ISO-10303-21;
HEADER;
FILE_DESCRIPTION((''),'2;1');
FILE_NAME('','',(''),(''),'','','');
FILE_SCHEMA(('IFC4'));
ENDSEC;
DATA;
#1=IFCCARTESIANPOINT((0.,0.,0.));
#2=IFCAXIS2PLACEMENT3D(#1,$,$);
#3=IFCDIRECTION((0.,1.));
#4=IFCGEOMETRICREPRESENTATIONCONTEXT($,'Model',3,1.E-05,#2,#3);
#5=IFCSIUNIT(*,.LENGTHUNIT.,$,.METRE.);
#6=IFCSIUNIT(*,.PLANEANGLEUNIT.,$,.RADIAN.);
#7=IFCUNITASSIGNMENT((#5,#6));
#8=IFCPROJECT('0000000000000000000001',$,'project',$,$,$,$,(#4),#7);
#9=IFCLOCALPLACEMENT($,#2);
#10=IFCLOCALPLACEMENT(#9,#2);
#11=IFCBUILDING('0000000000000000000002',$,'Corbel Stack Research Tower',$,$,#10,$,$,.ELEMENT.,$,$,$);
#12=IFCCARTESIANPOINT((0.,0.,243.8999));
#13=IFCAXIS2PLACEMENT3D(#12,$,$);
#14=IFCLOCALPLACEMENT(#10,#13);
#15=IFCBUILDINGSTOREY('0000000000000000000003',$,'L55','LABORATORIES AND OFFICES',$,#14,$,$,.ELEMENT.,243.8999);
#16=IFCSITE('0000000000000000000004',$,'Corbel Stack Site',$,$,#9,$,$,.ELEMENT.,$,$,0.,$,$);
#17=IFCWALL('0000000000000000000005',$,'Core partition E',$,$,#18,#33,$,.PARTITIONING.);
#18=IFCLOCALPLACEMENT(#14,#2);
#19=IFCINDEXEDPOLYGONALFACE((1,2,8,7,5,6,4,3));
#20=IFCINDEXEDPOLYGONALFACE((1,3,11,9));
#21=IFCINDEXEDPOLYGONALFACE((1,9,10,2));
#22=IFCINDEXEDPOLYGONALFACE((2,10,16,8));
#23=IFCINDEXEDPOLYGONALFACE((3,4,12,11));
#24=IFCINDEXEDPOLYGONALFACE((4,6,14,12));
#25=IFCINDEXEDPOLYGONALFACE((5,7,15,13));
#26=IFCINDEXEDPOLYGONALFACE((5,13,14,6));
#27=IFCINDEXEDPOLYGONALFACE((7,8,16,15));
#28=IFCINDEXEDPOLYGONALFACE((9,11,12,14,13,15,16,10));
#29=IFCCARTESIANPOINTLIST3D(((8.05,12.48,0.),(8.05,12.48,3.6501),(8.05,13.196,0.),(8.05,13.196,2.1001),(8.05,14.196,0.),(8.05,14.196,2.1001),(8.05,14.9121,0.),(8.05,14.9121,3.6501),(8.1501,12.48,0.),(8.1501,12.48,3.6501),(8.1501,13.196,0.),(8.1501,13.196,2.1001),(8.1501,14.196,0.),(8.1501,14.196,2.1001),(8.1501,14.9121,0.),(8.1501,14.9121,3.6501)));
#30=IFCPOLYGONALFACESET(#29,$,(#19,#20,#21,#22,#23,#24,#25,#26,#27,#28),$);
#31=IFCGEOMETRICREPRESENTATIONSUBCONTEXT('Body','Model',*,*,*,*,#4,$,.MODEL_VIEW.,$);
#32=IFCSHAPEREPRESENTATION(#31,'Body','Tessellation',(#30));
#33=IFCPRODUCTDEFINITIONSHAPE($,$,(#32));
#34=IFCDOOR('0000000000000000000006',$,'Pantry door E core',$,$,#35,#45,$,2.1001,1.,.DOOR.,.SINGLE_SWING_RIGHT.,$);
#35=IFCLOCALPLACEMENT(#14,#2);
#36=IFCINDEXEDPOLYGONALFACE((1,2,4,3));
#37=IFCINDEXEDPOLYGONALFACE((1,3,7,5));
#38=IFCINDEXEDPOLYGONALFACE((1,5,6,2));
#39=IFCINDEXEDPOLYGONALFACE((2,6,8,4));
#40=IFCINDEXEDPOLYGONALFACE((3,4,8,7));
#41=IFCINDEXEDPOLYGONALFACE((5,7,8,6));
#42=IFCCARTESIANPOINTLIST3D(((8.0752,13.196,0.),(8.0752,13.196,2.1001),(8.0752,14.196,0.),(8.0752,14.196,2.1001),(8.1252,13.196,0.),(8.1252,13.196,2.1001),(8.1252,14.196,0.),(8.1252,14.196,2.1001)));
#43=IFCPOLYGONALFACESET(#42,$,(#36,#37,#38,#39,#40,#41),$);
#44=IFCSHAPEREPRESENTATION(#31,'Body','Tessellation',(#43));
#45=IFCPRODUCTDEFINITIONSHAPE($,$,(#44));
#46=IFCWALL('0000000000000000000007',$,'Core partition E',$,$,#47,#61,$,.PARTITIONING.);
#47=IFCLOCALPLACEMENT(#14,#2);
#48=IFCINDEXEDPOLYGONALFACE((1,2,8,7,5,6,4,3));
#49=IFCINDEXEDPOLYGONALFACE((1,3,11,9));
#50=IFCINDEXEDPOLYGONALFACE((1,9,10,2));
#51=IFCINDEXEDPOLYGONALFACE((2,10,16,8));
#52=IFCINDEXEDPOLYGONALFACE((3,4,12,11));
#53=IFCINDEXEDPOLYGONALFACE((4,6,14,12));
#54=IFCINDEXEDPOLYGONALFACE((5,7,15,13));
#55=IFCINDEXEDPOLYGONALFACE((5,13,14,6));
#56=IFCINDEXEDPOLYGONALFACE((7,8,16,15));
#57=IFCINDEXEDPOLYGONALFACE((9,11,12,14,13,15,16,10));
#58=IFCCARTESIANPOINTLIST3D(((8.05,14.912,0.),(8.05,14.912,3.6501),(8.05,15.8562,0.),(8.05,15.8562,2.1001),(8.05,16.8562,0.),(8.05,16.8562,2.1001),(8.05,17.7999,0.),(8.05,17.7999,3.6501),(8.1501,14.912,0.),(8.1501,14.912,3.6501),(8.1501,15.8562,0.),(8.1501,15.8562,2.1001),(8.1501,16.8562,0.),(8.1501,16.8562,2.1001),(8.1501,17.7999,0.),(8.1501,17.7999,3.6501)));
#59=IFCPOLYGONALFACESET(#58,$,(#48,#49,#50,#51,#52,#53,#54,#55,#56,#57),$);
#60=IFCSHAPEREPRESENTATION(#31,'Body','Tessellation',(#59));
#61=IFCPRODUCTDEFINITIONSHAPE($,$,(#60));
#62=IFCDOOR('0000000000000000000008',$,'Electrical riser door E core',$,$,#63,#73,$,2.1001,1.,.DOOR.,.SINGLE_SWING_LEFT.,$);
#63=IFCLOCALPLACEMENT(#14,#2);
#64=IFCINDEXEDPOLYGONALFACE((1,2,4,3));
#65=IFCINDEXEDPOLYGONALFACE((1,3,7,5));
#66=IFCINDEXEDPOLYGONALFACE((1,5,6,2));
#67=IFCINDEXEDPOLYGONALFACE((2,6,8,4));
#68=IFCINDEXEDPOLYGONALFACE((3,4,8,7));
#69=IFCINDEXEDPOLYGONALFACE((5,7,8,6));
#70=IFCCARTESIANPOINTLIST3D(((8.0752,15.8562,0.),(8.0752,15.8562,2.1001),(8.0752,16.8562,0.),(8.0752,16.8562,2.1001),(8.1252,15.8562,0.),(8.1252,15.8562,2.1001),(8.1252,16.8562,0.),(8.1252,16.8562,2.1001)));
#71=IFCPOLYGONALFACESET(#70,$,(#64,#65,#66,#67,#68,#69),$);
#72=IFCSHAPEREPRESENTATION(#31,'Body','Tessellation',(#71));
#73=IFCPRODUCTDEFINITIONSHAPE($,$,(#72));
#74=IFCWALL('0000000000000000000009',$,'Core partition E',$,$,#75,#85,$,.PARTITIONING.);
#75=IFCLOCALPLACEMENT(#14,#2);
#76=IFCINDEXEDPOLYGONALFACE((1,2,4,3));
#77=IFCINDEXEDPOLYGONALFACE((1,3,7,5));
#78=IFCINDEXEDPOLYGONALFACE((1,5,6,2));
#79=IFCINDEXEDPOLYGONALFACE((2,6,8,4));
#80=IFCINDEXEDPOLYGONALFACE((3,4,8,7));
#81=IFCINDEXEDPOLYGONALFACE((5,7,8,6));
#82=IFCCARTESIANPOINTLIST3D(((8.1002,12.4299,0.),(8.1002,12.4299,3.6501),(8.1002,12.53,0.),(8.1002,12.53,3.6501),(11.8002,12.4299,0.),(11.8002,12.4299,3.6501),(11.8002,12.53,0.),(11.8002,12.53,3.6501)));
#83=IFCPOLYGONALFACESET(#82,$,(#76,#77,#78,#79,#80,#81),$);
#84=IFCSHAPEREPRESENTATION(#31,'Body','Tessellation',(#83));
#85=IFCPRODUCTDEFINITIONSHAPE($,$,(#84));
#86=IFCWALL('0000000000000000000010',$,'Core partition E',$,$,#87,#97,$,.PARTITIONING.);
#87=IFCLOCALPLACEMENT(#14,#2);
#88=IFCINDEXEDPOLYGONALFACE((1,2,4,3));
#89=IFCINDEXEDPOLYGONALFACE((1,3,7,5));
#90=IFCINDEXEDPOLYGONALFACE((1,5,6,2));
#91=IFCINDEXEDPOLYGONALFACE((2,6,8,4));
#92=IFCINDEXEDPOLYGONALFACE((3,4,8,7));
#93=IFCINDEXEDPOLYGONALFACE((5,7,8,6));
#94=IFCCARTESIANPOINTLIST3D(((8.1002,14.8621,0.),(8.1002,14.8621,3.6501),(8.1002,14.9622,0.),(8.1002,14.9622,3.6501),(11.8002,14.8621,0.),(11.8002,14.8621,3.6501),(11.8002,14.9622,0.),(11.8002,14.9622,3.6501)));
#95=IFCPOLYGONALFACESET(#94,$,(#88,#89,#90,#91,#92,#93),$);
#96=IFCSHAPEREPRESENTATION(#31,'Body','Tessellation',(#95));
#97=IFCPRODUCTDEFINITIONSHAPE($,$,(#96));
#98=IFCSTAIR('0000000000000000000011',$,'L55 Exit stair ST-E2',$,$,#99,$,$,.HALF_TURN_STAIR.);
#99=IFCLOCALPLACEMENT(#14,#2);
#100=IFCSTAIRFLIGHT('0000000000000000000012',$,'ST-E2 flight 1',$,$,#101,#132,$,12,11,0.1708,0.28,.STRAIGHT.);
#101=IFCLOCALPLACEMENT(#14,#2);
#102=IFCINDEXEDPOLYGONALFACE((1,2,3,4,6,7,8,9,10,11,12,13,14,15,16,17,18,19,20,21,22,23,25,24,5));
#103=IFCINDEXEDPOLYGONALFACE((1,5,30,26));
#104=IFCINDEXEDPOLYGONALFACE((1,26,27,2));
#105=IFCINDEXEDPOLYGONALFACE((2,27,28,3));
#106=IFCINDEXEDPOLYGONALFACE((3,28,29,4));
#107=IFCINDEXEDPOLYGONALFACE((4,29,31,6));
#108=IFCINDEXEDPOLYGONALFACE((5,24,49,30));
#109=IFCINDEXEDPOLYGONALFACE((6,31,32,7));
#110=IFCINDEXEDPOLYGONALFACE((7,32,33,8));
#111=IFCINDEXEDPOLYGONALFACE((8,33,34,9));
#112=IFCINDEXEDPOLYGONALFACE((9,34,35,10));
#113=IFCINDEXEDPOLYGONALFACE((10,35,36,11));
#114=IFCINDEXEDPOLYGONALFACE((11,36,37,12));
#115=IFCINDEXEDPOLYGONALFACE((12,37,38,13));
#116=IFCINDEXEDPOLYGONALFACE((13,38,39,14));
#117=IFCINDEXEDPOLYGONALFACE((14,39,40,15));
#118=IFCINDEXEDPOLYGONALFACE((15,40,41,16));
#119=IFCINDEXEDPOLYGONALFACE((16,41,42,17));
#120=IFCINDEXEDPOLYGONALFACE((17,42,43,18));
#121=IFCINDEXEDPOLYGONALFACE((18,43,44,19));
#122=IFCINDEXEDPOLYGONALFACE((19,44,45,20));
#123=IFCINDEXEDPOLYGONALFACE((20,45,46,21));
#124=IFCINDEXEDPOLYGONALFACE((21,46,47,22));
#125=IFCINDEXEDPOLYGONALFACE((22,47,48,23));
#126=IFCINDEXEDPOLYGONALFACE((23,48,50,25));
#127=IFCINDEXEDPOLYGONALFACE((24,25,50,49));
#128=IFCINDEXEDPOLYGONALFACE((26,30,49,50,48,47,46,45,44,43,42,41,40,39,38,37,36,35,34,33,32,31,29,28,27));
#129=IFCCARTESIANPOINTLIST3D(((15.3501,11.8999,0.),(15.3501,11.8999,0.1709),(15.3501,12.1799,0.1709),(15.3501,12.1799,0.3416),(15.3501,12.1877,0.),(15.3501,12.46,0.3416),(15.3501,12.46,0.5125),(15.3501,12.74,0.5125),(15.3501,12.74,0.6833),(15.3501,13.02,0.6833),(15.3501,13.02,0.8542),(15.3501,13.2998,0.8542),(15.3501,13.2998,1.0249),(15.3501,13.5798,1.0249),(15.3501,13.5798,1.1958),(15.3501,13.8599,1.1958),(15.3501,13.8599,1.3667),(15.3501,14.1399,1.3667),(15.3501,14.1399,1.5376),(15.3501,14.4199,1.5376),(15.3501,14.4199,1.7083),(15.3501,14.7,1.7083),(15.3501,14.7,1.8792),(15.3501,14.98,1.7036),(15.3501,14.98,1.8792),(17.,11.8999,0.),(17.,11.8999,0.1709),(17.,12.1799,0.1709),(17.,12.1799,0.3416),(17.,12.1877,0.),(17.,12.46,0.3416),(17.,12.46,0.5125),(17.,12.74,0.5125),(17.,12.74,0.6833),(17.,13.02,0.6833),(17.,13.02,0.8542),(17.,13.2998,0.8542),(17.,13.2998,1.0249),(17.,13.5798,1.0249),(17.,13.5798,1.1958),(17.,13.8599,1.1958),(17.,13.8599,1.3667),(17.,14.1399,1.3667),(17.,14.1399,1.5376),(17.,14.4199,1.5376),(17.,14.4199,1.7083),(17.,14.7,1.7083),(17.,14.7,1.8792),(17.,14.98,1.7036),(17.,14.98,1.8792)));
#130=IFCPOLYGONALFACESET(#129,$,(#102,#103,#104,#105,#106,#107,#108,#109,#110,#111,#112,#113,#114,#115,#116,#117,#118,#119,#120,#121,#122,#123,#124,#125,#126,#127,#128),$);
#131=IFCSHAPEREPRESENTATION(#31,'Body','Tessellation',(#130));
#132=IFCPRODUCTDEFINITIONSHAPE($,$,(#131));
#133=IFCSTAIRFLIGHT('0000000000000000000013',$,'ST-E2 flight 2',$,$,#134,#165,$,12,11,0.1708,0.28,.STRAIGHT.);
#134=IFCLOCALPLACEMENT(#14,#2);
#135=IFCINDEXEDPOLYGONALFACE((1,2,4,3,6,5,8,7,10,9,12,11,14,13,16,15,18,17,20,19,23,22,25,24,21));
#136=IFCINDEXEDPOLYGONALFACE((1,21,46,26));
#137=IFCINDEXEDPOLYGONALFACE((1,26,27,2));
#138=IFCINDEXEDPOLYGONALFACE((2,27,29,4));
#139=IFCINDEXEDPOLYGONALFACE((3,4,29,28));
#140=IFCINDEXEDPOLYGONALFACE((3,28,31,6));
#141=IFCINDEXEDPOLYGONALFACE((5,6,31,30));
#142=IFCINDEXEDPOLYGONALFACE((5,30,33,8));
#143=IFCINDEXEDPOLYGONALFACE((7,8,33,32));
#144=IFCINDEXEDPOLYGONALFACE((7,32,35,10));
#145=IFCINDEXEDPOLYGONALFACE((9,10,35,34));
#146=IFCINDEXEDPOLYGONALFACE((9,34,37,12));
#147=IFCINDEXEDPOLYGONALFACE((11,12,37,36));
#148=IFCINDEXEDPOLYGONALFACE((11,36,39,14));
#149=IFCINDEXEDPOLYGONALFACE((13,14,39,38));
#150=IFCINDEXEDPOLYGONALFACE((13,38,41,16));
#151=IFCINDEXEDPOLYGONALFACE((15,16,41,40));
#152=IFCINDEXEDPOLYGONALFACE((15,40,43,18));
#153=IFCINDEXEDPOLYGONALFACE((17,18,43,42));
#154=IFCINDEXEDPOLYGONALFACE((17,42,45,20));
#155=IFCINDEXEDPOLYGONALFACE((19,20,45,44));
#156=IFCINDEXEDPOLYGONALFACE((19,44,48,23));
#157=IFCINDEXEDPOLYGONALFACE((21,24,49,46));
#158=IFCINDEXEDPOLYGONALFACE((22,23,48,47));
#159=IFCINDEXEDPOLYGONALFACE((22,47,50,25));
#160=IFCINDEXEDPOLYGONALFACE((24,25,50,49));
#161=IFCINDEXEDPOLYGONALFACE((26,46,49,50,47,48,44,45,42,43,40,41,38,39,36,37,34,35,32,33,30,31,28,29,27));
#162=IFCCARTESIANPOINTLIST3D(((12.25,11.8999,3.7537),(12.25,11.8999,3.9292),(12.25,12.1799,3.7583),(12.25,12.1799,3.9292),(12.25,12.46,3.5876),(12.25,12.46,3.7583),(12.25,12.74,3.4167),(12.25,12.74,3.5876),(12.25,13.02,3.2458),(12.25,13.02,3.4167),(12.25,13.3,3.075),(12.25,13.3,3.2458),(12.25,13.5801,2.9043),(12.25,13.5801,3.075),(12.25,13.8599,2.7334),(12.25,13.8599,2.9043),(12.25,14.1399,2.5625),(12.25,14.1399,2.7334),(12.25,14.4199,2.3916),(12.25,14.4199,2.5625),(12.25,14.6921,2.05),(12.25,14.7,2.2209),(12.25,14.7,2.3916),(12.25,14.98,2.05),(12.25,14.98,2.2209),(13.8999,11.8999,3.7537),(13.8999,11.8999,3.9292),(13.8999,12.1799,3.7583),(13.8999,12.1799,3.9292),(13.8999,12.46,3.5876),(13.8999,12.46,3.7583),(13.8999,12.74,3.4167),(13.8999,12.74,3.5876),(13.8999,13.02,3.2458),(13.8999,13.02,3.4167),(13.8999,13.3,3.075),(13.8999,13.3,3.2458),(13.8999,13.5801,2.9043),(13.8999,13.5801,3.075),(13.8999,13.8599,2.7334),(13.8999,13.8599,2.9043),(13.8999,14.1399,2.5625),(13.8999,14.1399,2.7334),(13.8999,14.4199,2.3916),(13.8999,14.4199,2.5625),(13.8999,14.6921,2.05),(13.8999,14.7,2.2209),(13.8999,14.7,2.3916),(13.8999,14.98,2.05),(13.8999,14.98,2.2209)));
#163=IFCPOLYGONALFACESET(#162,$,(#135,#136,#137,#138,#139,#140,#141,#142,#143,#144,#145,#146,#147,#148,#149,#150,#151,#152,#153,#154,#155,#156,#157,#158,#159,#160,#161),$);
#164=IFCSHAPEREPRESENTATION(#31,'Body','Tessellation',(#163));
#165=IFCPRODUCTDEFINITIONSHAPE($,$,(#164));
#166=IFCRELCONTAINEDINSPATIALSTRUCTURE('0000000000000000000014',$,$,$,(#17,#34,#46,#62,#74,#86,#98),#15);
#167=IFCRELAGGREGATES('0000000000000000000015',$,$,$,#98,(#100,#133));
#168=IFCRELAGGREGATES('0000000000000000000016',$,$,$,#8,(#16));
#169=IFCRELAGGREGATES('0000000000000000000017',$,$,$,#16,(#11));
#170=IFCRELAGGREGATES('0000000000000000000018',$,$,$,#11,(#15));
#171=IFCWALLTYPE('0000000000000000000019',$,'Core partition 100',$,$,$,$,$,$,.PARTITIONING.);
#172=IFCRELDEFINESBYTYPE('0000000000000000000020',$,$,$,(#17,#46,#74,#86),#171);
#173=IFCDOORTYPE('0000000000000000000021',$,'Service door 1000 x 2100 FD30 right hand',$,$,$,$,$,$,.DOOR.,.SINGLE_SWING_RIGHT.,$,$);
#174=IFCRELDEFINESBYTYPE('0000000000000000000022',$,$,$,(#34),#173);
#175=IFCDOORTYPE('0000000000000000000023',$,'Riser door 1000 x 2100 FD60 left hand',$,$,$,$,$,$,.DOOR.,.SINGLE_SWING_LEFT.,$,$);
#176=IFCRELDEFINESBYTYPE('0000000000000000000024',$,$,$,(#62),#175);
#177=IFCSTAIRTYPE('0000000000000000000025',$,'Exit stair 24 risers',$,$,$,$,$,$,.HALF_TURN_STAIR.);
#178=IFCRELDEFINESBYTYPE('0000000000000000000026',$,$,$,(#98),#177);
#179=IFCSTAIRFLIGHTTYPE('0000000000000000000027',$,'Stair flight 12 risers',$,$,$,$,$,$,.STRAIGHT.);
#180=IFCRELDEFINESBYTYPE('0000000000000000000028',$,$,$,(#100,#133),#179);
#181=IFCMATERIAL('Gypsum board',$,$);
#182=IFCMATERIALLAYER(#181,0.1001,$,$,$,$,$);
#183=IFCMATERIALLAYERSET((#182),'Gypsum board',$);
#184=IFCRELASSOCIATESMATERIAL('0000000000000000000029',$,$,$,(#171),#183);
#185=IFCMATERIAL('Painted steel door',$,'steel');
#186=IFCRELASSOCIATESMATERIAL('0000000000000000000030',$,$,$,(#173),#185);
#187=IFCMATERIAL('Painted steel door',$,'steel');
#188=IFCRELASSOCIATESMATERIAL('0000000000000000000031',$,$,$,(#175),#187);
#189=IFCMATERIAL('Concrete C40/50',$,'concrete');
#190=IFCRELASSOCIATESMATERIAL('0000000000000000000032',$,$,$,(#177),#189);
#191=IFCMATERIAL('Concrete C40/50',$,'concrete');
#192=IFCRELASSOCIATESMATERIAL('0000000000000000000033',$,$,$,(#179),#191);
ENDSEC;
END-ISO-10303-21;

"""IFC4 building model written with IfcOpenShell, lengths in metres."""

from ifc_helpers import new_model, si_unit, direction, frame, frame_2d, origin, place, context, subcontext, project, spatial, polyline, rectangle, outline, extrude, material, layer, layer_set, type_object, element, fill, aggregate, save


model = new_model("IFC4")

# Units and contexts
model_context = context("Model", 3, precision=1e-05, world=origin(), true_north=direction((0.0, 1.0)))
body_context = subcontext(model_context, "Body", "Model", "MODEL_VIEW")
ifc_project = project(units=[si_unit("LENGTHUNIT", "METRE"), si_unit("PLANEANGLEUNIT", "RADIAN")], contexts=[model_context])

# Site, building, storey
site_placement = place(None, origin())
site = spatial("IfcSite", under=ifc_project, at=site_placement, Name="Corbel Stack Site", CompositionType="ELEMENT", RefElevation=0.0)
building_placement = place(site_placement, origin())
building = spatial("IfcBuilding", under=site, at=building_placement, Name="Corbel Stack Research Tower", CompositionType="ELEMENT")
storey_placement = place(building_placement, frame((0.0, 0.0, 243.8999)))
storey = spatial("IfcBuildingStorey", under=building, at=storey_placement, Name="L55", Description="LABORATORIES AND OFFICES", CompositionType="ELEMENT", Elevation=243.8999)

# Walls, openings, doors
ifc_material_1 = material(Name="Gypsum board")
ifc_layer = layer(ifc_material_1, 0.1001)
ifc_layer_set = layer_set([ifc_layer], Name="Gypsum board")
wall_type = type_object("IfcWallType", Name="Core partition 100", PredefinedType="PARTITIONING", material=ifc_layer_set)
wall_1_placement = place(storey_placement, frame((8.1001, 12.48, 0.0), z_axis=(0.0, 0.0, 1.0), x_axis=(0.0, 1.0, 0.0)))
wall_1 = element("IfcWall", 1, at=wall_1_placement, inside=storey, type_object=wall_type, Name="Core partition E", PredefinedType="PARTITIONING", context=body_context, shape_type="SweptSolid", body=[
    extrude(rectangle(XDim=2.4321, YDim=0.1001, at=frame_2d((1.2161, 0.0))), origin(), (0.0, 0.0, 1.0), 3.6501),
])
opening_1_placement = place(wall_1_placement, frame((0.7161, 0.0, 0.0)))
opening_1 = element("IfcOpeningElement", 2, at=opening_1_placement, cuts=wall_1, PredefinedType="OPENING", context=body_context, shape_type="SweptSolid", body=[
    extrude(rectangle(XDim=1.0, YDim=2.1001, at=frame_2d((0.5, 1.05))), frame((0.0, 0.0601, 0.0), z_axis=(0.0, -1.0, 0.0), x_axis=(1.0, 0.0, 0.0)), (0.0, 0.0, 1.0), 0.1201),
])
ifc_material_2 = material(Name="Painted steel door", Category="steel")
door_type_1 = type_object("IfcDoorType", Name="Service door 1000 x 2100 FD30 right hand", OperationType="SINGLE_SWING_RIGHT", PredefinedType="DOOR", material=ifc_material_2)
door_1_placement = place(opening_1_placement, origin())
door_1 = element("IfcDoor", 3, at=door_1_placement, inside=storey, type_object=door_type_1, Name="Pantry door E core", OperationType="SINGLE_SWING_RIGHT", OverallHeight=2.1001, OverallWidth=1.0, PredefinedType="DOOR", context=body_context, shape_type="SweptSolid", body=[
    extrude(rectangle(XDim=1.0, YDim=2.1001, at=frame_2d((0.5, 1.05))), frame((0.0, 0.0249, 0.0), z_axis=(0.0, -1.0, 0.0), x_axis=(1.0, 0.0, 0.0)), (0.0, 0.0, 1.0), 0.05),
])
fill(opening_1, door_1)
wall_2_placement = place(storey_placement, frame((8.1001, 14.9121, 0.0), z_axis=(0.0, 0.0, 1.0), x_axis=(0.0, 1.0, 0.0)))
wall_2 = element("IfcWall", 4, at=wall_2_placement, inside=storey, type_object=wall_type, Name="Core partition E", PredefinedType="PARTITIONING", context=body_context, shape_type="SweptSolid", body=[
    extrude(rectangle(XDim=2.8879, YDim=0.1001, at=frame_2d((1.4438, 0.0))), origin(), (0.0, 0.0, 1.0), 3.6501),
])
opening_2_placement = place(wall_2_placement, frame((0.9441, 0.0, 0.0)))
opening_2 = element("IfcOpeningElement", 5, at=opening_2_placement, cuts=wall_2, PredefinedType="OPENING", context=body_context, shape_type="SweptSolid", body=[
    extrude(rectangle(XDim=1.0, YDim=2.1001, at=frame_2d((0.5, 1.05))), frame((0.0, 0.0601, 0.0), z_axis=(0.0, -1.0, 0.0), x_axis=(1.0, 0.0, 0.0)), (0.0, 0.0, 1.0), 0.1201),
])
ifc_material_3 = material(Name="Painted steel door", Category="steel")
door_type_2 = type_object("IfcDoorType", Name="Riser door 1000 x 2100 FD60 left hand", OperationType="SINGLE_SWING_LEFT", PredefinedType="DOOR", material=ifc_material_3)
door_2_placement = place(opening_2_placement, origin())
door_2 = element("IfcDoor", 6, at=door_2_placement, inside=storey, type_object=door_type_2, Name="Electrical riser door E core", OperationType="SINGLE_SWING_LEFT", OverallHeight=2.1001, OverallWidth=1.0, PredefinedType="DOOR", context=body_context, shape_type="SweptSolid", body=[
    extrude(rectangle(XDim=1.0, YDim=2.1001, at=frame_2d((0.5, 1.05))), frame((0.0, 0.0249, 0.0), z_axis=(0.0, -1.0, 0.0), x_axis=(1.0, 0.0, 0.0)), (0.0, 0.0, 1.0), 0.05),
])
fill(opening_2, door_2)

# Walls
for number, where, z_axis, x_axis, name in (
    (7, (8.1001, 12.48, 0.0), (0.0, 0.0, 1.0), (1.0, 0.0, 0.0), "Core partition E"),
    (8, (8.1001, 14.9121, 0.0), (0.0, 0.0, 1.0), (1.0, 0.0, 0.0), "Core partition E"),
):
    element("IfcWall", number, at=place(storey_placement, frame(where, z_axis=z_axis, x_axis=x_axis)), inside=storey, type_object=wall_type, Name=name, PredefinedType="PARTITIONING", context=body_context, shape_type="SweptSolid", body=[
        extrude(rectangle(XDim=3.7, YDim=0.1001, at=frame_2d((1.8501, 0.0))), origin(), (0.0, 0.0, 1.0), 3.6501),
    ])

# Stair, stair flights
ifc_material_4 = material(Name="Concrete C40/50", Category="concrete")
stair_type = type_object("IfcStairType", Name="Exit stair 24 risers", PredefinedType="HALF_TURN_STAIR", material=ifc_material_4)
stair_placement = place(storey_placement, origin())
stair = element("IfcStair", 9, at=stair_placement, inside=storey, type_object=stair_type, Name="L55 Exit stair ST-E2", PredefinedType="HALF_TURN_STAIR")
ifc_material_5 = material(Name="Concrete C40/50", Category="concrete")
stair_flight_type = type_object("IfcStairFlightType", Name="Stair flight 12 risers", PredefinedType="STRAIGHT", material=ifc_material_5)
stair_flight_1_placement = place(storey_placement, frame((16.175, 11.8999, 0.0), z_axis=(0.0, 0.0, 1.0), x_axis=(0.0, 1.0, 0.0)))
stair_flight_1 = element("IfcStairFlight", 10, at=stair_flight_1_placement, type_object=stair_flight_type, Name="ST-E2 flight 1", NumberOfRisers=12, NumberOfTreads=11, PredefinedType="STRAIGHT", RiserHeight=0.1708, TreadLength=0.28, context=body_context, shape_type="SweptSolid", body=[
    extrude(outline(polyline([(0.0, 0.0), (0.0, 0.1709), (0.28, 0.1709), (0.28, 0.3416), (0.5601, 0.3416), (0.5601, 0.5125), (0.8401, 0.5125), (0.8401, 0.6833), (1.1201, 0.6833), (1.1201, 0.8542), (1.3999, 0.8542), (1.3999, 1.0249), (1.6799, 1.0249), (1.6799, 1.1958), (1.96, 1.1958), (1.96, 1.3667), (2.24, 1.3667), (2.24, 1.5376), (2.52, 1.5376), (2.52, 1.7083), (2.8, 1.7083), (2.8, 1.8792), (3.0801, 1.8792), (3.0801, 2.05), (3.0801, 1.7036), (0.2878, 0.0), (0.0, 0.0)])), frame((0.0, 0.825, 0.0), z_axis=(0.0, -1.0, 0.0), x_axis=(1.0, 0.0, 0.0)), (0.0, 0.0, 1.0), 1.6499),
])
stair_flight_2_placement = place(storey_placement, frame((13.075, 14.98, 2.05), z_axis=(0.0, 0.0, 1.0), x_axis=(0.0, -1.0, 0.0)))
stair_flight_2 = element("IfcStairFlight", 11, at=stair_flight_2_placement, type_object=stair_flight_type, Name="ST-E2 flight 2", NumberOfRisers=12, NumberOfTreads=11, PredefinedType="STRAIGHT", RiserHeight=0.1708, TreadLength=0.28, context=body_context, shape_type="SweptSolid", body=[
    extrude(outline(polyline([(0.0, 0.0), (0.0, 0.1709), (0.28, 0.1709), (0.28, 0.3416), (0.5601, 0.3416), (0.5601, 0.5125), (0.8401, 0.5125), (0.8401, 0.6833), (1.1201, 0.6833), (1.1201, 0.8542), (1.3999, 0.8542), (1.3999, 1.0249), (1.6799, 1.0249), (1.6799, 1.1958), (1.96, 1.1958), (1.96, 1.3667), (2.24, 1.3667), (2.24, 1.5376), (2.52, 1.5376), (2.52, 1.7083), (2.8, 1.7083), (2.8, 1.8792), (3.0801, 1.8792), (3.0801, 2.05), (3.0801, 1.7036), (0.2878, 0.0), (0.0, 0.0)])), frame((0.0, 0.825, 0.0), z_axis=(0.0, -1.0, 0.0), x_axis=(1.0, 0.0, 0.0)), (0.0, 0.0, 1.0), 1.6499),
])
aggregate(stair, [stair_flight_1, stair_flight_2])

save(model, "model.ifc")
